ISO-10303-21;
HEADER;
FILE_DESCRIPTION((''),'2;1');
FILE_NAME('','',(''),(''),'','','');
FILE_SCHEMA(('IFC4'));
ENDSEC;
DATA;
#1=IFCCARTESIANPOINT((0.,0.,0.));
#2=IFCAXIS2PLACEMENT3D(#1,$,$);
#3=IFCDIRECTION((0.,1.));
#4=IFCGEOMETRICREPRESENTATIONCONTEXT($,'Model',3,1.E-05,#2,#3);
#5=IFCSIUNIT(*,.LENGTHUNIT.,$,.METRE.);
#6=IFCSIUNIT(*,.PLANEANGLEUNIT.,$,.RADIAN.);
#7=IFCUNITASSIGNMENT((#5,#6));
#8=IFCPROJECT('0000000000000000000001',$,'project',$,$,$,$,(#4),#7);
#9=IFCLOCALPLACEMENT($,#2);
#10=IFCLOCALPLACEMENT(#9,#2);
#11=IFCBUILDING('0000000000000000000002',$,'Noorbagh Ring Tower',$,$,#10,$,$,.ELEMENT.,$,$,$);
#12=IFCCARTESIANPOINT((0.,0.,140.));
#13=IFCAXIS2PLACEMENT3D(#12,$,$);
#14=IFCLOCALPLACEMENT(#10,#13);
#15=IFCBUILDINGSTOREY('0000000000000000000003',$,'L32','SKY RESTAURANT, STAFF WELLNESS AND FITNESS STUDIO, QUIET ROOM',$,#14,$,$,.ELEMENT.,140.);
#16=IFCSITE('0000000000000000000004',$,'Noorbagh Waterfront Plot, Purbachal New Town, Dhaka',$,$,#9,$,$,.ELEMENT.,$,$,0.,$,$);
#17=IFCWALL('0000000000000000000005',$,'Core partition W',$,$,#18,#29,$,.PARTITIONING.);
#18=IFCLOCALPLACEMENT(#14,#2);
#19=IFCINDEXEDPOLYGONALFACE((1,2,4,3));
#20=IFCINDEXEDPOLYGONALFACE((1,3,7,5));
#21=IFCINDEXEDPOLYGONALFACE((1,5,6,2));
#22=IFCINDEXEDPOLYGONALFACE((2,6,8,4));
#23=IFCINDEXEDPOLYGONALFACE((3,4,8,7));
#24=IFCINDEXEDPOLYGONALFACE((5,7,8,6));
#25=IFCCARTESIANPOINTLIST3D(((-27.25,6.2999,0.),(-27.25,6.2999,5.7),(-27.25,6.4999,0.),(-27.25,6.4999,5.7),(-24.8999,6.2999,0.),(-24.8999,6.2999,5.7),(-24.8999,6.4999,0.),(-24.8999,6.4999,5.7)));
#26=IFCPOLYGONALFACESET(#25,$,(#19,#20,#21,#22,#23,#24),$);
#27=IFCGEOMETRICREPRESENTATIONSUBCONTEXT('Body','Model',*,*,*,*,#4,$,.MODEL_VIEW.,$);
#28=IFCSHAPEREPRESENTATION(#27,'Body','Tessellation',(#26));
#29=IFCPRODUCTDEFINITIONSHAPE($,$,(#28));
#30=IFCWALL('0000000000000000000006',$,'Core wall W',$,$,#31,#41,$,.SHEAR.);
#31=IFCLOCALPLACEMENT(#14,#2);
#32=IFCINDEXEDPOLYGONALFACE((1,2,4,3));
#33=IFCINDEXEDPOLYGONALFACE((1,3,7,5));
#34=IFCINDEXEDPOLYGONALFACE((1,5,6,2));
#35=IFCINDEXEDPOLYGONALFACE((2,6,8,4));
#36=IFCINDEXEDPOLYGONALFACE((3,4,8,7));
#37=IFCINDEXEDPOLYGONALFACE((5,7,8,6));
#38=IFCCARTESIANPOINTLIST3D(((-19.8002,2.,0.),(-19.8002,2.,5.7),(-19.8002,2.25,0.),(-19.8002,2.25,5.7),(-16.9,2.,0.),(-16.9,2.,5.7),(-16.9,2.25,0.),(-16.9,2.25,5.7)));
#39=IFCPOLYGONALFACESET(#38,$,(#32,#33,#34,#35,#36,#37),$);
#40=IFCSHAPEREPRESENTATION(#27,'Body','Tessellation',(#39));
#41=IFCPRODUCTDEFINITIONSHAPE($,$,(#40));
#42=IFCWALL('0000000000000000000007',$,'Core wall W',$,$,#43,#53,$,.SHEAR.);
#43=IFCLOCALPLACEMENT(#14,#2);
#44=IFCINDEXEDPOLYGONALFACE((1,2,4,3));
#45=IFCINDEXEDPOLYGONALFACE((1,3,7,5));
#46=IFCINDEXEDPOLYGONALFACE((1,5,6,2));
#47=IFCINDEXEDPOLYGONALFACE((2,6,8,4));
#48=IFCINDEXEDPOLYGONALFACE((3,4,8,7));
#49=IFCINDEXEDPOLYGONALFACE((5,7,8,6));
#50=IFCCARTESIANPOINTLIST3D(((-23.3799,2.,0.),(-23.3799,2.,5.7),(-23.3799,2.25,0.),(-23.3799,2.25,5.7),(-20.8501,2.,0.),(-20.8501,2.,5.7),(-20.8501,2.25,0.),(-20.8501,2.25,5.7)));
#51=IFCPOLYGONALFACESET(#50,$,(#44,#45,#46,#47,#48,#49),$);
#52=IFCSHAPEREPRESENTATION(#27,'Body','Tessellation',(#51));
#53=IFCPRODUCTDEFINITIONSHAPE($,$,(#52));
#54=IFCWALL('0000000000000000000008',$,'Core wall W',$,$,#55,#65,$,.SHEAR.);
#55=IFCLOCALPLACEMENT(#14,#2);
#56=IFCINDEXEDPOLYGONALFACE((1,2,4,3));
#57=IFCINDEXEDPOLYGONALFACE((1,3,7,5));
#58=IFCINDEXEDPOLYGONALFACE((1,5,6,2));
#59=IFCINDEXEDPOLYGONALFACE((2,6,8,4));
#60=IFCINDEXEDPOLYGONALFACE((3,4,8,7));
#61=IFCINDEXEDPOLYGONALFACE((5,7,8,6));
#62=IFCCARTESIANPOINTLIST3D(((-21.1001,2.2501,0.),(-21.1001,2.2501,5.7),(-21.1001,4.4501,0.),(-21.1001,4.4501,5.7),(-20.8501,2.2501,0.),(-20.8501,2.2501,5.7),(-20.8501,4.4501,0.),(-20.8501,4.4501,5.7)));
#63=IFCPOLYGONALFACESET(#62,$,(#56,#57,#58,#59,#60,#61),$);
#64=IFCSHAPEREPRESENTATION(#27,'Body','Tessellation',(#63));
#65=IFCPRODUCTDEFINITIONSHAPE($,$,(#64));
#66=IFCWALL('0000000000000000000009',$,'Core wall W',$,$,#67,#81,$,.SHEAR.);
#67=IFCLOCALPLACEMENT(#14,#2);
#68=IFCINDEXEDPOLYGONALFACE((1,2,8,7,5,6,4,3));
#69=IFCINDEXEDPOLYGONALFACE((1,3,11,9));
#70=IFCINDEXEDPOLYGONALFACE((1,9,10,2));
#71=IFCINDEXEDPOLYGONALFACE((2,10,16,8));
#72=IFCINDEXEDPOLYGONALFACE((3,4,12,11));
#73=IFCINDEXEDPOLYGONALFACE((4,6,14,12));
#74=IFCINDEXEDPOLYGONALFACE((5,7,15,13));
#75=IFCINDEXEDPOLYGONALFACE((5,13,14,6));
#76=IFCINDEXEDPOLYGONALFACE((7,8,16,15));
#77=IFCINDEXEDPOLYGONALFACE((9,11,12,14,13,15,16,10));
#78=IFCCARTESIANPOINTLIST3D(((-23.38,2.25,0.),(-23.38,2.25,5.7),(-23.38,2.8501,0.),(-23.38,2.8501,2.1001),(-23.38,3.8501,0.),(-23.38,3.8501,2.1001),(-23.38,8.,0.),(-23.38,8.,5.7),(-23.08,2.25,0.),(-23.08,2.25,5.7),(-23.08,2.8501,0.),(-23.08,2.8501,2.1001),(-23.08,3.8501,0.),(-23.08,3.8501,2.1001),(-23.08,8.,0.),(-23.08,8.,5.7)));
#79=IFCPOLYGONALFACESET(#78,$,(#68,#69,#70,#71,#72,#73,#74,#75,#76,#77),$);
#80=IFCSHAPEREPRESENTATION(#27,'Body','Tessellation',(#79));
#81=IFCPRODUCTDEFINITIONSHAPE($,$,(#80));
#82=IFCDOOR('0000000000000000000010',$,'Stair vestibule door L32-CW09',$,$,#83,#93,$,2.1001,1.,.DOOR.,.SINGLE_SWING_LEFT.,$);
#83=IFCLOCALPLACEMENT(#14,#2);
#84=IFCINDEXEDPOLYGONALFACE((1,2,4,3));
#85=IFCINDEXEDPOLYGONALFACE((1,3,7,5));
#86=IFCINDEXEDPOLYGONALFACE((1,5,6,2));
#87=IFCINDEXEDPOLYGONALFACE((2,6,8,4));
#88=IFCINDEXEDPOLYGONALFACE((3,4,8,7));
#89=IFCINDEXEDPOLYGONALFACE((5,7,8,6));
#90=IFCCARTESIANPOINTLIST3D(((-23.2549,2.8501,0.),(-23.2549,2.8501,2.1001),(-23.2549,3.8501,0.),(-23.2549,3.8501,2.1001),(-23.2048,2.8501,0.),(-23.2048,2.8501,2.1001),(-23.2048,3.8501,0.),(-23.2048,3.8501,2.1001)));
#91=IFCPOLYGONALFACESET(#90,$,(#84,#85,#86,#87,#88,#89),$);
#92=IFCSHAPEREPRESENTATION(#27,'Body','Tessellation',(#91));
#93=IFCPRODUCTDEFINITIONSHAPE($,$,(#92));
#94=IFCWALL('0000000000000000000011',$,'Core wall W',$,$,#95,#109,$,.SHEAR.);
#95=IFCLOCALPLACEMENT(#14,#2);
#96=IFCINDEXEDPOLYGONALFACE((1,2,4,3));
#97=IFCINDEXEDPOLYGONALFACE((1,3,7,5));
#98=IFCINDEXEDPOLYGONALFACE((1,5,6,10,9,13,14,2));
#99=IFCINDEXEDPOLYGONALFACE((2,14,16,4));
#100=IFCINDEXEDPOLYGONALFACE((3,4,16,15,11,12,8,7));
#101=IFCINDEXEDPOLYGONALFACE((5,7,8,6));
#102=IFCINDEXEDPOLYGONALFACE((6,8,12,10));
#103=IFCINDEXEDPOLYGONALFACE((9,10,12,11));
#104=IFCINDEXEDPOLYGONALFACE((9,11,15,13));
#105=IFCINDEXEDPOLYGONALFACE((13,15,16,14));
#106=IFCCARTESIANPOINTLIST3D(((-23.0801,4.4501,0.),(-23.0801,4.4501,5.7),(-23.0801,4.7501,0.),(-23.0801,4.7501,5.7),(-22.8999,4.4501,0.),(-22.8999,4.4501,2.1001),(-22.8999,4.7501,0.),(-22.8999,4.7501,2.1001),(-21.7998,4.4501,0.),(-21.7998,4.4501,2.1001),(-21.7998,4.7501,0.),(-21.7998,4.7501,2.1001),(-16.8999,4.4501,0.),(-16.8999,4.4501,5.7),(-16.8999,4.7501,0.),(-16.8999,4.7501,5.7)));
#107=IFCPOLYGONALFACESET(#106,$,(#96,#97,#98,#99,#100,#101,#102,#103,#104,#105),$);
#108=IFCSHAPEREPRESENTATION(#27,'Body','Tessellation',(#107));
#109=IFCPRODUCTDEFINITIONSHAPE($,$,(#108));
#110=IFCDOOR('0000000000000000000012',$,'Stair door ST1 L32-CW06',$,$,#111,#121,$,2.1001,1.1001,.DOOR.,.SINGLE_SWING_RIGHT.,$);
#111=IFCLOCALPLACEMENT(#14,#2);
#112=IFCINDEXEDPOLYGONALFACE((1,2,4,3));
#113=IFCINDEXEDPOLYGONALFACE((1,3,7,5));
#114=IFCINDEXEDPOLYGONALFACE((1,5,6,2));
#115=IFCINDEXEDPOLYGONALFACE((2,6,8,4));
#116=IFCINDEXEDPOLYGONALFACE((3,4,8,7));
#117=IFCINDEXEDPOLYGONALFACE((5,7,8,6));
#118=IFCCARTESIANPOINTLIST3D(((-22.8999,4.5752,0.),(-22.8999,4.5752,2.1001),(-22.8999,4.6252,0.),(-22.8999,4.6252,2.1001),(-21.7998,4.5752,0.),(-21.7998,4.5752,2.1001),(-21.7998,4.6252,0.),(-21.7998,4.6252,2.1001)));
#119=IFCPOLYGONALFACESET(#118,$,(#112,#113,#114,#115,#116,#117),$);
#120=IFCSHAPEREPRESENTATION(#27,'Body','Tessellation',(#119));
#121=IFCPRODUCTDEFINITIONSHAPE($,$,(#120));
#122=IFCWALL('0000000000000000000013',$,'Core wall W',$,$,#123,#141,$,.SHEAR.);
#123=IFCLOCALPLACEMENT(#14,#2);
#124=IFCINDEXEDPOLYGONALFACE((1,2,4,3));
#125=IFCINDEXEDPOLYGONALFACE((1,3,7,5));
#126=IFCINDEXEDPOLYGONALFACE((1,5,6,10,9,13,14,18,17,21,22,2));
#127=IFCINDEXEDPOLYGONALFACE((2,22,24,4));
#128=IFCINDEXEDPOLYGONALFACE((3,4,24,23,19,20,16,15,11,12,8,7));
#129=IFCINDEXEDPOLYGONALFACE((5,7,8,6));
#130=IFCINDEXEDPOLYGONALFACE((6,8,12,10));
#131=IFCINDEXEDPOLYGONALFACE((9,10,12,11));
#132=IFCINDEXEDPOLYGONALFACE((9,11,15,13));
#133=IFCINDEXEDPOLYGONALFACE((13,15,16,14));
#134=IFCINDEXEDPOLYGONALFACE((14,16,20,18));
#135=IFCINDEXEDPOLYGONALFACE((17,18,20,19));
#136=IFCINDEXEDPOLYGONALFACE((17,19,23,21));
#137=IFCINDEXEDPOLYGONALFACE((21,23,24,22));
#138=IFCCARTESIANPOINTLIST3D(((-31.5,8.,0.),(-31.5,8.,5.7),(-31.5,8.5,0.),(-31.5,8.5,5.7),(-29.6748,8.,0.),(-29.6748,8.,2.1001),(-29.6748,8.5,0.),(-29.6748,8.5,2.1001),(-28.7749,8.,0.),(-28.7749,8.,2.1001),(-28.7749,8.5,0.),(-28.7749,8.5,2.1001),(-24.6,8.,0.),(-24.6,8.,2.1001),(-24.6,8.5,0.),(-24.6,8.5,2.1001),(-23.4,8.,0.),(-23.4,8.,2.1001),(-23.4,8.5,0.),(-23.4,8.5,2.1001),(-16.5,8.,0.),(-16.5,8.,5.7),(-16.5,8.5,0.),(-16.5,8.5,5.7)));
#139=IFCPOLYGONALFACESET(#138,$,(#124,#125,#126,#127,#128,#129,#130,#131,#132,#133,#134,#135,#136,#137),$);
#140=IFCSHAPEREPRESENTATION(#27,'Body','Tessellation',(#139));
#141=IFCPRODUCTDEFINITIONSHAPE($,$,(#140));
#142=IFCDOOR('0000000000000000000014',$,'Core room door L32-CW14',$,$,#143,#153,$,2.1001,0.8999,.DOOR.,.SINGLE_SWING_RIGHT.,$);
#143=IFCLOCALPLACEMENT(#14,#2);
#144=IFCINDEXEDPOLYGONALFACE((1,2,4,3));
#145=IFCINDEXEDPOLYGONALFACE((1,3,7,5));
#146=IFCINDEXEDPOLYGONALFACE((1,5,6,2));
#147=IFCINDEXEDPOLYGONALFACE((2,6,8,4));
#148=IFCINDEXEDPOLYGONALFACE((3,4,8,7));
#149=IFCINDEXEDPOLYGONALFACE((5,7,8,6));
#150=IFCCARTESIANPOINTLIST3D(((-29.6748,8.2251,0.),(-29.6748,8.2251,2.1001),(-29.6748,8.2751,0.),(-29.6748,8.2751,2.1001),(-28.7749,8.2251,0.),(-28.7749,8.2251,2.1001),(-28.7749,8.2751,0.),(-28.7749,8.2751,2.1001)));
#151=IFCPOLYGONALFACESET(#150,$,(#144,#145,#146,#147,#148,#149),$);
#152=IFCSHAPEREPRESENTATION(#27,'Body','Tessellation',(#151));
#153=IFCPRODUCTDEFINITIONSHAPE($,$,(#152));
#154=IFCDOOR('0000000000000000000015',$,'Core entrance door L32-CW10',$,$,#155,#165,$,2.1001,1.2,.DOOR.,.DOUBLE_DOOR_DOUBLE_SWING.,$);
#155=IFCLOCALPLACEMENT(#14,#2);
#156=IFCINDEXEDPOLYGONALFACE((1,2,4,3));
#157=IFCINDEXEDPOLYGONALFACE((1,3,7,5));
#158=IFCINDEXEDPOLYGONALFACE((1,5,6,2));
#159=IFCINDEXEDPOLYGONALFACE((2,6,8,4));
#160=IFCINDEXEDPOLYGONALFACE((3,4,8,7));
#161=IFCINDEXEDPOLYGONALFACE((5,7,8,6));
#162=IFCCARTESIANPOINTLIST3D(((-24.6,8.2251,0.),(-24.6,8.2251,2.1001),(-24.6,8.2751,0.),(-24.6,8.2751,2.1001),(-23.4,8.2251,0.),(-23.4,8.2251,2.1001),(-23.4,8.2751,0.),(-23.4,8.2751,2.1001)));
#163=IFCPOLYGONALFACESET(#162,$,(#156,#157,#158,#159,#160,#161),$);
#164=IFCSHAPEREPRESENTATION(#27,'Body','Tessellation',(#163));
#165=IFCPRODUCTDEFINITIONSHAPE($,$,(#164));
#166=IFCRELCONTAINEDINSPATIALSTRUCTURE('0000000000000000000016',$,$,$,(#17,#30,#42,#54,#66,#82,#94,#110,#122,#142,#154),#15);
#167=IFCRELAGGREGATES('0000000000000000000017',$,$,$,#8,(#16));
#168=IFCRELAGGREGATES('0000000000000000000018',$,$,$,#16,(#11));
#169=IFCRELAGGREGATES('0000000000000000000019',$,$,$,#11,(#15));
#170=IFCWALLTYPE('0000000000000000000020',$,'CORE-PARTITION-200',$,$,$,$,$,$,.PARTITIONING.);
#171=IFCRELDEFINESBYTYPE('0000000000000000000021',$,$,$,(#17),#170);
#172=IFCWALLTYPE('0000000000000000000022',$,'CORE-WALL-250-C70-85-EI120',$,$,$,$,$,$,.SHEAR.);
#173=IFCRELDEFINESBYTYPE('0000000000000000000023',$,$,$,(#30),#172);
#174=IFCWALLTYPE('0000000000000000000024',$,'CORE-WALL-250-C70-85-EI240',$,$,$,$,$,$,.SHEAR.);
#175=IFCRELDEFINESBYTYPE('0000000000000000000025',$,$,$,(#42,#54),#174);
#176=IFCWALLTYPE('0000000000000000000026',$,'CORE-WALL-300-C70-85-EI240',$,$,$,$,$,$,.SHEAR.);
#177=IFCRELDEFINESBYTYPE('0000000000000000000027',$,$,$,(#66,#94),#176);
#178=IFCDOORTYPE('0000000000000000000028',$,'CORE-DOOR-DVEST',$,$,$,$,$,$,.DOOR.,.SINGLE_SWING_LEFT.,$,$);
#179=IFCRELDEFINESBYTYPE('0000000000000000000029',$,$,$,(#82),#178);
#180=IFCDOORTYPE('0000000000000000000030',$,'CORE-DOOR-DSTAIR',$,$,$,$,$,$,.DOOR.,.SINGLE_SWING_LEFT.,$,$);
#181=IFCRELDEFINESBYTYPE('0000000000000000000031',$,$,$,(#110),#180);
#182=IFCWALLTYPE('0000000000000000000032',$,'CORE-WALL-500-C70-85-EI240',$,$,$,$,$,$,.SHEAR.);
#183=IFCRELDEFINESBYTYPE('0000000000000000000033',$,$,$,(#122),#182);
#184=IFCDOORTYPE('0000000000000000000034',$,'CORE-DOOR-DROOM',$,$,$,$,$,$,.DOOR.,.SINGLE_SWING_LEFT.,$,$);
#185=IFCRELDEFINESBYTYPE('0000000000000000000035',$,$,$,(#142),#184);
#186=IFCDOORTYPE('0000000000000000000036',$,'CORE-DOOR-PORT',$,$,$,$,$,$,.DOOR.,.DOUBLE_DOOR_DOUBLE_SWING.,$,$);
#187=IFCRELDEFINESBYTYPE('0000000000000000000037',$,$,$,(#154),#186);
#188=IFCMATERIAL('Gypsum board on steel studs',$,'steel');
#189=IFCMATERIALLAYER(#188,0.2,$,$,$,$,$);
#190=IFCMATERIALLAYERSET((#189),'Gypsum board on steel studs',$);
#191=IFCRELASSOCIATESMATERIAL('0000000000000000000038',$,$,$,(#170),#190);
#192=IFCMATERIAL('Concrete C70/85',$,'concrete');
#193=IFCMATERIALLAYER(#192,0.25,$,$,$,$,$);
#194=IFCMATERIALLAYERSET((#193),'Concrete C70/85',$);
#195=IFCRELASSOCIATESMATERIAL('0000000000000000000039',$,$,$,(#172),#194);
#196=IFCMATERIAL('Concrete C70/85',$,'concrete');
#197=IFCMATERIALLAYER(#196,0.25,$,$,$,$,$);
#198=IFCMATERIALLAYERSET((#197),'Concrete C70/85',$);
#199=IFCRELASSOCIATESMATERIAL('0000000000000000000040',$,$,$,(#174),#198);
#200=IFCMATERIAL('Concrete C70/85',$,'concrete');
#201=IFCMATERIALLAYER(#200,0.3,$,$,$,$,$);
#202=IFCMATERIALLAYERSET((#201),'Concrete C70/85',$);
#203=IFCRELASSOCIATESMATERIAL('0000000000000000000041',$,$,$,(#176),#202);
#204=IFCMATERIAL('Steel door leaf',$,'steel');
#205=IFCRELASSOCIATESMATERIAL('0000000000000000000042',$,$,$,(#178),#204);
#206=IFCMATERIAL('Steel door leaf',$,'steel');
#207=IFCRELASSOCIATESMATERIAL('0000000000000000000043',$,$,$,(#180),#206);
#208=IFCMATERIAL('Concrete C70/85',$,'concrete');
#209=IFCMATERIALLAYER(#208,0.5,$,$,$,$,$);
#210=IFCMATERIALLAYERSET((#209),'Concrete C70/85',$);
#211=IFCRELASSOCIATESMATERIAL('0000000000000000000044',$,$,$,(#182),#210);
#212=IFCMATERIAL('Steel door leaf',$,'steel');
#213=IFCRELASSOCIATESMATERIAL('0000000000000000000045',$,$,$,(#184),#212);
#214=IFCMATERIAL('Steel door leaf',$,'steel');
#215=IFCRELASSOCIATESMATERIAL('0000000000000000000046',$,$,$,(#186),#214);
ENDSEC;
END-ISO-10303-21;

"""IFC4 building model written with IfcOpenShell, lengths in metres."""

from ifc_helpers import new_model, si_unit, direction, frame, frame_2d, origin, place, context, subcontext, project, spatial, rectangle, extrude, material, layer, layer_set, type_object, element, fill, save


model = new_model("IFC4")

# Units and contexts
model_context = context("Model", 3, precision=1e-05, world=origin(), true_north=direction((0.0, 1.0)))
body_context = subcontext(model_context, "Body", "Model", "MODEL_VIEW")
ifc_project = project(units=[si_unit("LENGTHUNIT", "METRE"), si_unit("PLANEANGLEUNIT", "RADIAN")], contexts=[model_context])

# Site, building, storey
site_placement = place(None, origin())
site = spatial("IfcSite", under=ifc_project, at=site_placement, Name="Noorbagh Waterfront Plot, Purbachal New Town, Dhaka", CompositionType="ELEMENT", RefElevation=0.0)
building_placement = place(site_placement, origin())
building = spatial("IfcBuilding", under=site, at=building_placement, Name="Noorbagh Ring Tower", CompositionType="ELEMENT")
storey_placement = place(building_placement, frame((0.0, 0.0, 140.0)))
storey = spatial("IfcBuildingStorey", under=building, at=storey_placement, Name="L32", Description="SKY RESTAURANT, STAFF WELLNESS AND FITNESS STUDIO, QUIET ROOM", CompositionType="ELEMENT", Elevation=140.0)

# Walls
ifc_material_1 = material(Name="Gypsum board on steel studs", Category="steel")
ifc_layer_1 = layer(ifc_material_1, 0.2)
ifc_layer_set_1 = layer_set([ifc_layer_1], Name="Gypsum board on steel studs")
wall_type_1 = type_object("IfcWallType", Name="CORE-PARTITION-200", PredefinedType="PARTITIONING", material=ifc_layer_set_1)
wall_1_placement = place(storey_placement, frame((-24.8999, 6.3999, 0.0), z_axis=(0.0, 0.0, 1.0), x_axis=(-1.0, 0.0, 0.0)))
element("IfcWall", 1, at=wall_1_placement, inside=storey, type_object=wall_type_1, Name="Core partition W", PredefinedType="PARTITIONING", context=body_context, shape_type="SweptSolid", body=[
    extrude(rectangle(XDim=2.3501, YDim=0.2, at=frame_2d((1.175, 0.0))), origin(), (0.0, 0.0, 1.0), 5.7),
])
ifc_material_2 = material(Name="Concrete C70/85", Category="concrete")
ifc_layer_2 = layer(ifc_material_2, 0.25)
ifc_layer_set_2 = layer_set([ifc_layer_2], Name="Concrete C70/85")
wall_type_2 = type_object("IfcWallType", Name="CORE-WALL-250-C70-85-EI120", PredefinedType="SHEAR", material=ifc_layer_set_2)
wall_2_placement = place(storey_placement, frame((-16.8999, 2.125, 0.0), z_axis=(0.0, 0.0, 1.0), x_axis=(-1.0, 0.0, 0.0)))
element("IfcWall", 2, at=wall_2_placement, inside=storey, type_object=wall_type_2, Name="Core wall W", PredefinedType="SHEAR", context=body_context, shape_type="SweptSolid", body=[
    extrude(rectangle(XDim=2.9001, YDim=0.25, at=frame_2d((1.4502, 0.0))), origin(), (0.0, 0.0, 1.0), 5.7),
])
ifc_material_3 = material(Name="Concrete C70/85", Category="concrete")
ifc_layer_3 = layer(ifc_material_3, 0.25)
ifc_layer_set_3 = layer_set([ifc_layer_3], Name="Concrete C70/85")
wall_type_3 = type_object("IfcWallType", Name="CORE-WALL-250-C70-85-EI240", PredefinedType="SHEAR", material=ifc_layer_set_3)
wall_3_placement = place(storey_placement, frame((-20.8501, 2.125, 0.0), z_axis=(0.0, 0.0, 1.0), x_axis=(-1.0, 0.0, 0.0)))
element("IfcWall", 3, at=wall_3_placement, inside=storey, type_object=wall_type_3, Name="Core wall W", PredefinedType="SHEAR", context=body_context, shape_type="SweptSolid", body=[
    extrude(rectangle(XDim=2.5298, YDim=0.25, at=frame_2d((1.2649, 0.0))), origin(), (0.0, 0.0, 1.0), 5.7),
])
wall_4_placement = place(storey_placement, frame((-20.9751, 2.25, 0.0), z_axis=(0.0, 0.0, 1.0), x_axis=(0.0, 1.0, 0.0)))
element("IfcWall", 4, at=wall_4_placement, inside=storey, type_object=wall_type_3, Name="Core wall W", PredefinedType="SHEAR", context=body_context, shape_type="SweptSolid", body=[
    extrude(rectangle(XDim=2.2, YDim=0.25, at=frame_2d((1.1001, 0.0))), origin(), (0.0, 0.0, 1.0), 5.7),
])

# Walls, openings, doors
ifc_material_4 = material(Name="Concrete C70/85", Category="concrete")
ifc_layer_4 = layer(ifc_material_4, 0.3)
ifc_layer_set_4 = layer_set([ifc_layer_4], Name="Concrete C70/85")
wall_type_4 = type_object("IfcWallType", Name="CORE-WALL-300-C70-85-EI240", PredefinedType="SHEAR", material=ifc_layer_set_4)
wall_5_placement = place(storey_placement, frame((-23.23, 2.25, 0.0), z_axis=(0.0, 0.0, 1.0), x_axis=(0.0, 1.0, 0.0)))
wall_5 = element("IfcWall", 5, at=wall_5_placement, inside=storey, type_object=wall_type_4, Name="Core wall W", PredefinedType="SHEAR", context=body_context, shape_type="SweptSolid", body=[
    extrude(rectangle(XDim=5.75, YDim=0.3, at=frame_2d((2.875, 0.0))), origin(), (0.0, 0.0, 1.0), 5.7),
])
opening_1_placement = place(wall_5_placement, frame((0.6001, 0.0, 0.0)))
opening_1 = element("IfcOpeningElement", 6, at=opening_1_placement, cuts=wall_5, PredefinedType="OPENING", context=body_context, shape_type="SweptSolid", body=[
    extrude(rectangle(XDim=1.0, YDim=2.1001, at=frame_2d((0.5, 1.05))), frame((0.0, 0.1602, 0.0), z_axis=(0.0, -1.0, 0.0), x_axis=(1.0, 0.0, 0.0)), (0.0, 0.0, 1.0), 0.3201),
])
ifc_material_5 = material(Name="Steel door leaf", Category="steel")
door_type_1 = type_object("IfcDoorType", Name="CORE-DOOR-DVEST", OperationType="SINGLE_SWING_LEFT", PredefinedType="DOOR", material=ifc_material_5)
door_1_placement = place(opening_1_placement, origin())
door_1 = element("IfcDoor", 7, at=door_1_placement, inside=storey, type_object=door_type_1, Name="Stair vestibule door L32-CW09", OperationType="SINGLE_SWING_LEFT", OverallHeight=2.1001, OverallWidth=1.0, PredefinedType="DOOR", context=body_context, shape_type="SweptSolid", body=[
    extrude(rectangle(XDim=1.0, YDim=2.1001, at=frame_2d((0.5, 1.05))), frame((0.0, 0.0249, 0.0), z_axis=(0.0, -1.0, 0.0), x_axis=(1.0, 0.0, 0.0)), (0.0, 0.0, 1.0), 0.05),
])
fill(opening_1, door_1)
wall_6_placement = place(storey_placement, frame((-16.8999, 4.6001, 0.0), z_axis=(0.0, 0.0, 1.0), x_axis=(-1.0, 0.0, 0.0)))
wall_6 = element("IfcWall", 8, at=wall_6_placement, inside=storey, type_object=wall_type_4, Name="Core wall W", PredefinedType="SHEAR", context=body_context, shape_type="SweptSolid", body=[
    extrude(rectangle(XDim=6.1802, YDim=0.3, at=frame_2d((3.0901, 0.0))), origin(), (0.0, 0.0, 1.0), 5.7),
])
opening_2_placement = place(wall_6_placement, frame((4.8999, 0.0, 0.0)))
opening_2 = element("IfcOpeningElement", 9, at=opening_2_placement, cuts=wall_6, PredefinedType="OPENING", context=body_context, shape_type="SweptSolid", body=[
    extrude(rectangle(XDim=1.1001, YDim=2.1001, at=frame_2d((0.55, 1.05))), frame((0.0, 0.1602, 0.0), z_axis=(0.0, -1.0, 0.0), x_axis=(1.0, 0.0, 0.0)), (0.0, 0.0, 1.0), 0.3201),
])
ifc_material_6 = material(Name="Steel door leaf", Category="steel")
door_type_2 = type_object("IfcDoorType", Name="CORE-DOOR-DSTAIR", OperationType="SINGLE_SWING_LEFT", PredefinedType="DOOR", material=ifc_material_6)
door_2_placement = place(opening_2_placement, origin())
door_2 = element("IfcDoor", 10, at=door_2_placement, inside=storey, type_object=door_type_2, Name="Stair door ST1 L32-CW06", OperationType="SINGLE_SWING_RIGHT", OverallHeight=2.1001, OverallWidth=1.1001, PredefinedType="DOOR", context=body_context, shape_type="SweptSolid", body=[
    extrude(rectangle(XDim=1.1001, YDim=2.1001, at=frame_2d((0.55, 1.05))), frame((0.0, 0.0249, 0.0), z_axis=(0.0, -1.0, 0.0), x_axis=(1.0, 0.0, 0.0)), (0.0, 0.0, 1.0), 0.05),
])
fill(opening_2, door_2)

# Wall, openings, doors
ifc_material_7 = material(Name="Concrete C70/85", Category="concrete")
ifc_layer_5 = layer(ifc_material_7, 0.5)
ifc_layer_set_5 = layer_set([ifc_layer_5], Name="Concrete C70/85")
wall_type_5 = type_object("IfcWallType", Name="CORE-WALL-500-C70-85-EI240", PredefinedType="SHEAR", material=ifc_layer_set_5)
wall_7_placement = place(storey_placement, frame((-16.5, 8.25, 0.0), z_axis=(0.0, 0.0, 1.0), x_axis=(-1.0, 0.0, 0.0)))
wall_7 = element("IfcWall", 11, at=wall_7_placement, inside=storey, type_object=wall_type_5, Name="Core wall W", PredefinedType="SHEAR", context=body_context, shape_type="SweptSolid", body=[
    extrude(rectangle(XDim=15.0, YDim=0.5, at=frame_2d((7.5, 0.0))), origin(), (0.0, 0.0, 1.0), 5.7),
])
opening_3_placement = place(wall_7_placement, frame((6.8999, 0.0, 0.0)))
opening_3 = element("IfcOpeningElement", 12, at=opening_3_placement, cuts=wall_7, PredefinedType="OPENING", context=body_context, shape_type="SweptSolid", body=[
    extrude(rectangle(XDim=1.2, YDim=2.1001, at=frame_2d((0.6001, 1.05))), frame((0.0, 0.26, 0.0), z_axis=(0.0, -1.0, 0.0), x_axis=(1.0, 0.0, 0.0)), (0.0, 0.0, 1.0), 0.52),
])
opening_4_placement = place(wall_7_placement, frame((12.2749, 0.0, 0.0)))
opening_4 = element("IfcOpeningElement", 13, at=opening_4_placement, cuts=wall_7, PredefinedType="OPENING", context=body_context, shape_type="SweptSolid", body=[
    extrude(rectangle(XDim=0.8999, YDim=2.1001, at=frame_2d((0.45, 1.05))), frame((0.0, 0.26, 0.0), z_axis=(0.0, -1.0, 0.0), x_axis=(1.0, 0.0, 0.0)), (0.0, 0.0, 1.0), 0.52),
])
ifc_material_8 = material(Name="Steel door leaf", Category="steel")
door_type_3 = type_object("IfcDoorType", Name="CORE-DOOR-DROOM", OperationType="SINGLE_SWING_LEFT", PredefinedType="DOOR", material=ifc_material_8)
door_3_placement = place(opening_4_placement, origin())
door_3 = element("IfcDoor", 14, at=door_3_placement, inside=storey, type_object=door_type_3, Name="Core room door L32-CW14", OperationType="SINGLE_SWING_RIGHT", OverallHeight=2.1001, OverallWidth=0.8999, PredefinedType="DOOR", context=body_context, shape_type="SweptSolid", body=[
    extrude(rectangle(XDim=0.8999, YDim=2.1001, at=frame_2d((0.45, 1.05))), frame((0.0, 0.0249, 0.0), z_axis=(0.0, -1.0, 0.0), x_axis=(1.0, 0.0, 0.0)), (0.0, 0.0, 1.0), 0.05),
])
fill(opening_4, door_3)
ifc_material_9 = material(Name="Steel door leaf", Category="steel")
door_type_4 = type_object("IfcDoorType", Name="CORE-DOOR-PORT", OperationType="DOUBLE_DOOR_DOUBLE_SWING", PredefinedType="DOOR", material=ifc_material_9)
door_4_placement = place(opening_3_placement, origin())
door_4 = element("IfcDoor", 15, at=door_4_placement, inside=storey, type_object=door_type_4, Name="Core entrance door L32-CW10", OperationType="DOUBLE_DOOR_DOUBLE_SWING", OverallHeight=2.1001, OverallWidth=1.2, PredefinedType="DOOR", context=body_context, shape_type="SweptSolid", body=[
    extrude(rectangle(XDim=1.2, YDim=2.1001, at=frame_2d((0.6001, 1.05))), frame((0.0, 0.0249, 0.0), z_axis=(0.0, -1.0, 0.0), x_axis=(1.0, 0.0, 0.0)), (0.0, 0.0, 1.0), 0.05),
])
fill(opening_3, door_4)

save(model, "model.ifc")
